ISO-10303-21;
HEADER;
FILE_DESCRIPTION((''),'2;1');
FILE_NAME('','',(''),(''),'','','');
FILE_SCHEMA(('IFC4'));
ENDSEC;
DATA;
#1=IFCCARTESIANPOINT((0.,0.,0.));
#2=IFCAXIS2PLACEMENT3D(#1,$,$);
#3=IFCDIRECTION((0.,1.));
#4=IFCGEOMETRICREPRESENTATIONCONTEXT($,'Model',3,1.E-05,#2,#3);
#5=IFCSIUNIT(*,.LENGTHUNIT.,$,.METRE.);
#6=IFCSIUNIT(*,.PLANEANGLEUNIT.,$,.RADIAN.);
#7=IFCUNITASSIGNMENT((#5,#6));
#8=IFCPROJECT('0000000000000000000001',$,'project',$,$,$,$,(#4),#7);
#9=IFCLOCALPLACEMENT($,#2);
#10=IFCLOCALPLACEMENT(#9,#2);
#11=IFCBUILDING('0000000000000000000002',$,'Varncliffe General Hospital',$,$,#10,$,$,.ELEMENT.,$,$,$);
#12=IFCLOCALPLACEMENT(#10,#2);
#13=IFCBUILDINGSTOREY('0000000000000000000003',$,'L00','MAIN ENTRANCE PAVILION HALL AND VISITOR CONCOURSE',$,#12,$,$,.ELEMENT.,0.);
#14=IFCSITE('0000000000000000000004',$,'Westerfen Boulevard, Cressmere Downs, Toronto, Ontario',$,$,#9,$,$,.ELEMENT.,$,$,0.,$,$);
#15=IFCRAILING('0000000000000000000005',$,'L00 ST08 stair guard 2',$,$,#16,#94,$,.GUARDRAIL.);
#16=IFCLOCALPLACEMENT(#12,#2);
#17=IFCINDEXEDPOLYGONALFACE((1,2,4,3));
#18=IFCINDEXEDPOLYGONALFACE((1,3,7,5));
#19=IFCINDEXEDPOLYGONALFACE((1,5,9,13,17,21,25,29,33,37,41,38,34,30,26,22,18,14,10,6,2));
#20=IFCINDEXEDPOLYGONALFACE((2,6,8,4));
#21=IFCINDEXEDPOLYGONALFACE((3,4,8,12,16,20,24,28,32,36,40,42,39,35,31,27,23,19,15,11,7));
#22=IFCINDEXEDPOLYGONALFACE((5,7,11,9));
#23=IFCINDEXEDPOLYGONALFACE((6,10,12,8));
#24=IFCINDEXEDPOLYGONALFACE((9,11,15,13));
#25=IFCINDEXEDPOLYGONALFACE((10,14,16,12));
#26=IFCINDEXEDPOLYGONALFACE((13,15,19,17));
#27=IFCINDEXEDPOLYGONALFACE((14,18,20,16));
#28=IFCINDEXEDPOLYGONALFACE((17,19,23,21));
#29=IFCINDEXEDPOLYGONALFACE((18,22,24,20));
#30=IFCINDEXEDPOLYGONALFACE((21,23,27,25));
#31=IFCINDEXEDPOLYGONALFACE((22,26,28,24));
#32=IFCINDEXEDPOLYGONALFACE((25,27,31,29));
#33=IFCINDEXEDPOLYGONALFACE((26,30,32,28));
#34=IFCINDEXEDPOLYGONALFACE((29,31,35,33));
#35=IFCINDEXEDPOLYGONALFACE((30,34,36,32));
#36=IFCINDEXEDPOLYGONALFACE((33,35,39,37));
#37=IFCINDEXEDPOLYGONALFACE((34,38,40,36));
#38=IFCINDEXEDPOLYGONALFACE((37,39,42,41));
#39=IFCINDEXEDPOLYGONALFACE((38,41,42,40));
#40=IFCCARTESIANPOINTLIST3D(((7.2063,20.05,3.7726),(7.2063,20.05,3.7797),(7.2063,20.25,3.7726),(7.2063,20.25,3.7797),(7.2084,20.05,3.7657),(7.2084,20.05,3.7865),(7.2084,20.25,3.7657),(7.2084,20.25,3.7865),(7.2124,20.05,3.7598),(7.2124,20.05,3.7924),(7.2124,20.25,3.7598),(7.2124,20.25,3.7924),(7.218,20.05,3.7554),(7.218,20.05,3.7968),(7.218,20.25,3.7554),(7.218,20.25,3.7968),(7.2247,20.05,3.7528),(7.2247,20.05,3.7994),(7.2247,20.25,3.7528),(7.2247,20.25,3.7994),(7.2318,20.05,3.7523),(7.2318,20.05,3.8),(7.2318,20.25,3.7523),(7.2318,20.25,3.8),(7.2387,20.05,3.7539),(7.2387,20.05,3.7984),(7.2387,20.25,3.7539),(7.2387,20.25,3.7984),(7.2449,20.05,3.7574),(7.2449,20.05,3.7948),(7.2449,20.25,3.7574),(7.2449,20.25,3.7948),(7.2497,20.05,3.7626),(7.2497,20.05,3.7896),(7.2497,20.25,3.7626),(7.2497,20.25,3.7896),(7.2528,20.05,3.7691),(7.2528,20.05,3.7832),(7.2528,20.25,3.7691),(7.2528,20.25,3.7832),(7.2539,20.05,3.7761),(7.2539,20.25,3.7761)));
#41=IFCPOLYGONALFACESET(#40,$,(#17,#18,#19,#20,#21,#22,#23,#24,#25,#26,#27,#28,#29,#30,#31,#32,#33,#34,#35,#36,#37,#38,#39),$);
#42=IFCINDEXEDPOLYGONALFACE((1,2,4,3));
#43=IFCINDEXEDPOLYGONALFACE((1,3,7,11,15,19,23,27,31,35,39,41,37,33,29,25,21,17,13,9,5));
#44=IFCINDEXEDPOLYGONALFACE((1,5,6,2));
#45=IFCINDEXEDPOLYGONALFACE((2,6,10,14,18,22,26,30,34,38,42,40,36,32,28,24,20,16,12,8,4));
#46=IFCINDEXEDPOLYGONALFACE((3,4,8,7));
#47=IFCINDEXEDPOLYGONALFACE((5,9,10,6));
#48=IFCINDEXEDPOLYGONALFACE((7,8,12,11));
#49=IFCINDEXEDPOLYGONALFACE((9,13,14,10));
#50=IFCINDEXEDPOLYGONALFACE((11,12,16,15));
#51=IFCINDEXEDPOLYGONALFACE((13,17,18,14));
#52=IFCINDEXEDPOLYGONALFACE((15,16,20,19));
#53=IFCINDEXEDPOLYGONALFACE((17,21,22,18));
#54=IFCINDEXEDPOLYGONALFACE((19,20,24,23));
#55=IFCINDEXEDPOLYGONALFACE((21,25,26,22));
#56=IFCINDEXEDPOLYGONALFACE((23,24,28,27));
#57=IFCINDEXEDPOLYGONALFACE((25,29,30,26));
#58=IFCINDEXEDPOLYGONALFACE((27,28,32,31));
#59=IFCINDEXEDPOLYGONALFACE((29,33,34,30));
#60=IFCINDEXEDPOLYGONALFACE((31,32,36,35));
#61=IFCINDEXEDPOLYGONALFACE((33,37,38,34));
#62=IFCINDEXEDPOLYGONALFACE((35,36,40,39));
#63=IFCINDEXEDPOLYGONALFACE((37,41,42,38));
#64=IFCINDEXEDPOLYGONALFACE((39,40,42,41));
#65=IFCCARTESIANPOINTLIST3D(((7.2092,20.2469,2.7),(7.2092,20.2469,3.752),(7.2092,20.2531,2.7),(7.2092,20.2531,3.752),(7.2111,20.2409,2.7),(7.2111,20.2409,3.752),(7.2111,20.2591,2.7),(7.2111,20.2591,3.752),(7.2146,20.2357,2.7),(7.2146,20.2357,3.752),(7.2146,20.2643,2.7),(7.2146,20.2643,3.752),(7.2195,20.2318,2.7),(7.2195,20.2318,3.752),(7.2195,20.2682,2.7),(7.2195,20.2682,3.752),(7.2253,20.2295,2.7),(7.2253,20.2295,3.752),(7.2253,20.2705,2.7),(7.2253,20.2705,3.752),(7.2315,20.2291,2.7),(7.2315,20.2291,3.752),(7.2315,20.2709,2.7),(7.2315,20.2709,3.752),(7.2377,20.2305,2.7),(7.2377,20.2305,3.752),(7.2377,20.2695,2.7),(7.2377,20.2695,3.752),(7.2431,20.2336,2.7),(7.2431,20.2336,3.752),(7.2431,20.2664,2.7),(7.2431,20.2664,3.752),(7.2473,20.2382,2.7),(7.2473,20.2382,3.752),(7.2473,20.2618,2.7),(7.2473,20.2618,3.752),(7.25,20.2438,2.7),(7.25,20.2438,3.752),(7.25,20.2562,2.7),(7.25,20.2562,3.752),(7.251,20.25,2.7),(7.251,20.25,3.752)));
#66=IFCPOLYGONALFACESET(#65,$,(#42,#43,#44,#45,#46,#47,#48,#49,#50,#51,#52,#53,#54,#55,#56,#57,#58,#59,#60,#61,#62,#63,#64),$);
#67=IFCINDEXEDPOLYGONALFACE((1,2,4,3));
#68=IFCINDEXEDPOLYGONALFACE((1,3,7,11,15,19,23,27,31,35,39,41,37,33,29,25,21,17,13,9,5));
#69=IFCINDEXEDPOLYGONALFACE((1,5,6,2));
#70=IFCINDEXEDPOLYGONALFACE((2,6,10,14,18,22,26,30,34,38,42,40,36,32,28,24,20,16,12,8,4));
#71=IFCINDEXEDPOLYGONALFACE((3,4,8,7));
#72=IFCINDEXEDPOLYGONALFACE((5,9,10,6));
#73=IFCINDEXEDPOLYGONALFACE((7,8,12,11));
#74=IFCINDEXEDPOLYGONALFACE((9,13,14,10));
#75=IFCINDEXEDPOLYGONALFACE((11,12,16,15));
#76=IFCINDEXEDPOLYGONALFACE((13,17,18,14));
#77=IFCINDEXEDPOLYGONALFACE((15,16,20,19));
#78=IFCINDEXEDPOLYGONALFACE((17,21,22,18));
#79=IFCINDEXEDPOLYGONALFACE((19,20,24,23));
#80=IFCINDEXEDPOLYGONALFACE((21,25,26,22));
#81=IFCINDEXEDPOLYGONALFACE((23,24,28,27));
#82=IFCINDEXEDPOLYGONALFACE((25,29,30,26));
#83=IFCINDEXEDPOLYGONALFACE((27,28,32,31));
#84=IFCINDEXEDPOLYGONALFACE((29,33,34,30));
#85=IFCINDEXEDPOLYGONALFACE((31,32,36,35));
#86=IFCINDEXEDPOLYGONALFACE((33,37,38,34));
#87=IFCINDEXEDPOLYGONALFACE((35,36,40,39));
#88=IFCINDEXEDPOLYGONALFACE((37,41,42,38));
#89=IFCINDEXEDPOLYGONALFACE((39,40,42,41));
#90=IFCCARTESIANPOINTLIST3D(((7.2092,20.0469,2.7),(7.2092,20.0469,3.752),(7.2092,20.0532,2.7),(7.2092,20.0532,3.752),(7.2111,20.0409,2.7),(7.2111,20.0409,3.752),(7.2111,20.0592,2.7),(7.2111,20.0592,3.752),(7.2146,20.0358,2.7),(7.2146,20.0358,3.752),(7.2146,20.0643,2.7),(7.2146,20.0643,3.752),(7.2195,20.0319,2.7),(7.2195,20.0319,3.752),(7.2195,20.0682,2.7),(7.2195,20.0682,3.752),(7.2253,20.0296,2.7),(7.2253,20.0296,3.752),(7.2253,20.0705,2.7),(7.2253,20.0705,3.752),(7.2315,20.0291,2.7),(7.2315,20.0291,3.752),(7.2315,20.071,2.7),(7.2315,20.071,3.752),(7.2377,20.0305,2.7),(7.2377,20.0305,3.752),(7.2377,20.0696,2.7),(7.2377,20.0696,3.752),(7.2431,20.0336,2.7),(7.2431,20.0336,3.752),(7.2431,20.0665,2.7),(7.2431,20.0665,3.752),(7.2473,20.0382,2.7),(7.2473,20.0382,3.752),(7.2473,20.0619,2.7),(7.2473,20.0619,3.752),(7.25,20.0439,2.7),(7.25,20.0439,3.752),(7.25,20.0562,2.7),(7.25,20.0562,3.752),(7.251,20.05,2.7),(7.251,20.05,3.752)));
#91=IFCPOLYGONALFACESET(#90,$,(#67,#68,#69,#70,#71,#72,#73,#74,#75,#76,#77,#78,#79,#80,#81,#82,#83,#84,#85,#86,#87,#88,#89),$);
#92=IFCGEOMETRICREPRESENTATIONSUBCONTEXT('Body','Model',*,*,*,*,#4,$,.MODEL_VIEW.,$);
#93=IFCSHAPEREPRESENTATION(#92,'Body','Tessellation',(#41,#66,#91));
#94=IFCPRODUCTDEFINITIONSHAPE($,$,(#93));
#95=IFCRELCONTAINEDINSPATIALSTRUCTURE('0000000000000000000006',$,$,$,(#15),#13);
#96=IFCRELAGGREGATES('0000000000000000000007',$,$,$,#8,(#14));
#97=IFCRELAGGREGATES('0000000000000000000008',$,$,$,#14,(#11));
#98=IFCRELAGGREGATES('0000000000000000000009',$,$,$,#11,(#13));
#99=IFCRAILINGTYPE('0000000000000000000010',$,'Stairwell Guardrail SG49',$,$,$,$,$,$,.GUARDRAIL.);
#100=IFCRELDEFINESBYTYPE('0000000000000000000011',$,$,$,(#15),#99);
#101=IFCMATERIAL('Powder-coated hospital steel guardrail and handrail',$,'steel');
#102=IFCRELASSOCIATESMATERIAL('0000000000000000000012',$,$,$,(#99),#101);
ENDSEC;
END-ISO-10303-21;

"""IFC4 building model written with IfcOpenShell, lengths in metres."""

from ifc_helpers import new_model, si_unit, direction, frame, origin, origin_2d, place, context, subcontext, project, spatial, circle, extrude, material, type_object, element, save


model = new_model("IFC4")

# Units and contexts
model_context = context("Model", 3, precision=1e-05, world=origin(), true_north=direction((0.0, 1.0)))
body_context = subcontext(model_context, "Body", "Model", "MODEL_VIEW")
ifc_project = project(units=[si_unit("LENGTHUNIT", "METRE"), si_unit("PLANEANGLEUNIT", "RADIAN")], contexts=[model_context])

# Site, building, storey
site_placement = place(None, origin())
site = spatial("IfcSite", under=ifc_project, at=site_placement, Name="Westerfen Boulevard, Cressmere Downs, Toronto, Ontario", CompositionType="ELEMENT", RefElevation=0.0)
building_placement = place(site_placement, origin())
building = spatial("IfcBuilding", under=site, at=building_placement, Name="Varncliffe General Hospital", CompositionType="ELEMENT")
storey_placement = place(building_placement, origin())
storey = spatial("IfcBuildingStorey", under=building, at=storey_placement, Name="L00", Description="MAIN ENTRANCE PAVILION HALL AND VISITOR CONCOURSE", CompositionType="ELEMENT", Elevation=0.0)

# Railing
ifc_material_1 = material(Name="Powder-coated hospital steel guardrail and handrail", Category="steel")
railing_type_1 = type_object("IfcRailingType", Name="Stairwell Guardrail SG49", PredefinedType="GUARDRAIL", material=ifc_material_1)
railing_1_placement = place(storey_placement, frame((7.23, 20.25, 2.7)))
element("IfcRailing", 1, at=railing_1_placement, inside=storey, type_object=railing_type_1, Name="L00 ST08 stair guard 2", PredefinedType="GUARDRAIL", context=body_context, shape_type="SweptSolid", body=[
    extrude(circle(Radius=0.0239, at=origin_2d()), frame((0.0, 0.0, 1.0762), z_axis=(0.0, -1.0, 0.0), x_axis=(1.0, 0.0, 0.0)), (0.0, 0.0, 1.0), 0.2),
    extrude(circle(Radius=0.021, at=origin_2d()), origin(), (0.0, 0.0, 1.0), 1.052),
    extrude(circle(Radius=0.021, at=origin_2d()), frame((0.0, -0.2, 0.0)), (0.0, 0.0, 1.0), 1.052),
])

save(model, "model.ifc")
